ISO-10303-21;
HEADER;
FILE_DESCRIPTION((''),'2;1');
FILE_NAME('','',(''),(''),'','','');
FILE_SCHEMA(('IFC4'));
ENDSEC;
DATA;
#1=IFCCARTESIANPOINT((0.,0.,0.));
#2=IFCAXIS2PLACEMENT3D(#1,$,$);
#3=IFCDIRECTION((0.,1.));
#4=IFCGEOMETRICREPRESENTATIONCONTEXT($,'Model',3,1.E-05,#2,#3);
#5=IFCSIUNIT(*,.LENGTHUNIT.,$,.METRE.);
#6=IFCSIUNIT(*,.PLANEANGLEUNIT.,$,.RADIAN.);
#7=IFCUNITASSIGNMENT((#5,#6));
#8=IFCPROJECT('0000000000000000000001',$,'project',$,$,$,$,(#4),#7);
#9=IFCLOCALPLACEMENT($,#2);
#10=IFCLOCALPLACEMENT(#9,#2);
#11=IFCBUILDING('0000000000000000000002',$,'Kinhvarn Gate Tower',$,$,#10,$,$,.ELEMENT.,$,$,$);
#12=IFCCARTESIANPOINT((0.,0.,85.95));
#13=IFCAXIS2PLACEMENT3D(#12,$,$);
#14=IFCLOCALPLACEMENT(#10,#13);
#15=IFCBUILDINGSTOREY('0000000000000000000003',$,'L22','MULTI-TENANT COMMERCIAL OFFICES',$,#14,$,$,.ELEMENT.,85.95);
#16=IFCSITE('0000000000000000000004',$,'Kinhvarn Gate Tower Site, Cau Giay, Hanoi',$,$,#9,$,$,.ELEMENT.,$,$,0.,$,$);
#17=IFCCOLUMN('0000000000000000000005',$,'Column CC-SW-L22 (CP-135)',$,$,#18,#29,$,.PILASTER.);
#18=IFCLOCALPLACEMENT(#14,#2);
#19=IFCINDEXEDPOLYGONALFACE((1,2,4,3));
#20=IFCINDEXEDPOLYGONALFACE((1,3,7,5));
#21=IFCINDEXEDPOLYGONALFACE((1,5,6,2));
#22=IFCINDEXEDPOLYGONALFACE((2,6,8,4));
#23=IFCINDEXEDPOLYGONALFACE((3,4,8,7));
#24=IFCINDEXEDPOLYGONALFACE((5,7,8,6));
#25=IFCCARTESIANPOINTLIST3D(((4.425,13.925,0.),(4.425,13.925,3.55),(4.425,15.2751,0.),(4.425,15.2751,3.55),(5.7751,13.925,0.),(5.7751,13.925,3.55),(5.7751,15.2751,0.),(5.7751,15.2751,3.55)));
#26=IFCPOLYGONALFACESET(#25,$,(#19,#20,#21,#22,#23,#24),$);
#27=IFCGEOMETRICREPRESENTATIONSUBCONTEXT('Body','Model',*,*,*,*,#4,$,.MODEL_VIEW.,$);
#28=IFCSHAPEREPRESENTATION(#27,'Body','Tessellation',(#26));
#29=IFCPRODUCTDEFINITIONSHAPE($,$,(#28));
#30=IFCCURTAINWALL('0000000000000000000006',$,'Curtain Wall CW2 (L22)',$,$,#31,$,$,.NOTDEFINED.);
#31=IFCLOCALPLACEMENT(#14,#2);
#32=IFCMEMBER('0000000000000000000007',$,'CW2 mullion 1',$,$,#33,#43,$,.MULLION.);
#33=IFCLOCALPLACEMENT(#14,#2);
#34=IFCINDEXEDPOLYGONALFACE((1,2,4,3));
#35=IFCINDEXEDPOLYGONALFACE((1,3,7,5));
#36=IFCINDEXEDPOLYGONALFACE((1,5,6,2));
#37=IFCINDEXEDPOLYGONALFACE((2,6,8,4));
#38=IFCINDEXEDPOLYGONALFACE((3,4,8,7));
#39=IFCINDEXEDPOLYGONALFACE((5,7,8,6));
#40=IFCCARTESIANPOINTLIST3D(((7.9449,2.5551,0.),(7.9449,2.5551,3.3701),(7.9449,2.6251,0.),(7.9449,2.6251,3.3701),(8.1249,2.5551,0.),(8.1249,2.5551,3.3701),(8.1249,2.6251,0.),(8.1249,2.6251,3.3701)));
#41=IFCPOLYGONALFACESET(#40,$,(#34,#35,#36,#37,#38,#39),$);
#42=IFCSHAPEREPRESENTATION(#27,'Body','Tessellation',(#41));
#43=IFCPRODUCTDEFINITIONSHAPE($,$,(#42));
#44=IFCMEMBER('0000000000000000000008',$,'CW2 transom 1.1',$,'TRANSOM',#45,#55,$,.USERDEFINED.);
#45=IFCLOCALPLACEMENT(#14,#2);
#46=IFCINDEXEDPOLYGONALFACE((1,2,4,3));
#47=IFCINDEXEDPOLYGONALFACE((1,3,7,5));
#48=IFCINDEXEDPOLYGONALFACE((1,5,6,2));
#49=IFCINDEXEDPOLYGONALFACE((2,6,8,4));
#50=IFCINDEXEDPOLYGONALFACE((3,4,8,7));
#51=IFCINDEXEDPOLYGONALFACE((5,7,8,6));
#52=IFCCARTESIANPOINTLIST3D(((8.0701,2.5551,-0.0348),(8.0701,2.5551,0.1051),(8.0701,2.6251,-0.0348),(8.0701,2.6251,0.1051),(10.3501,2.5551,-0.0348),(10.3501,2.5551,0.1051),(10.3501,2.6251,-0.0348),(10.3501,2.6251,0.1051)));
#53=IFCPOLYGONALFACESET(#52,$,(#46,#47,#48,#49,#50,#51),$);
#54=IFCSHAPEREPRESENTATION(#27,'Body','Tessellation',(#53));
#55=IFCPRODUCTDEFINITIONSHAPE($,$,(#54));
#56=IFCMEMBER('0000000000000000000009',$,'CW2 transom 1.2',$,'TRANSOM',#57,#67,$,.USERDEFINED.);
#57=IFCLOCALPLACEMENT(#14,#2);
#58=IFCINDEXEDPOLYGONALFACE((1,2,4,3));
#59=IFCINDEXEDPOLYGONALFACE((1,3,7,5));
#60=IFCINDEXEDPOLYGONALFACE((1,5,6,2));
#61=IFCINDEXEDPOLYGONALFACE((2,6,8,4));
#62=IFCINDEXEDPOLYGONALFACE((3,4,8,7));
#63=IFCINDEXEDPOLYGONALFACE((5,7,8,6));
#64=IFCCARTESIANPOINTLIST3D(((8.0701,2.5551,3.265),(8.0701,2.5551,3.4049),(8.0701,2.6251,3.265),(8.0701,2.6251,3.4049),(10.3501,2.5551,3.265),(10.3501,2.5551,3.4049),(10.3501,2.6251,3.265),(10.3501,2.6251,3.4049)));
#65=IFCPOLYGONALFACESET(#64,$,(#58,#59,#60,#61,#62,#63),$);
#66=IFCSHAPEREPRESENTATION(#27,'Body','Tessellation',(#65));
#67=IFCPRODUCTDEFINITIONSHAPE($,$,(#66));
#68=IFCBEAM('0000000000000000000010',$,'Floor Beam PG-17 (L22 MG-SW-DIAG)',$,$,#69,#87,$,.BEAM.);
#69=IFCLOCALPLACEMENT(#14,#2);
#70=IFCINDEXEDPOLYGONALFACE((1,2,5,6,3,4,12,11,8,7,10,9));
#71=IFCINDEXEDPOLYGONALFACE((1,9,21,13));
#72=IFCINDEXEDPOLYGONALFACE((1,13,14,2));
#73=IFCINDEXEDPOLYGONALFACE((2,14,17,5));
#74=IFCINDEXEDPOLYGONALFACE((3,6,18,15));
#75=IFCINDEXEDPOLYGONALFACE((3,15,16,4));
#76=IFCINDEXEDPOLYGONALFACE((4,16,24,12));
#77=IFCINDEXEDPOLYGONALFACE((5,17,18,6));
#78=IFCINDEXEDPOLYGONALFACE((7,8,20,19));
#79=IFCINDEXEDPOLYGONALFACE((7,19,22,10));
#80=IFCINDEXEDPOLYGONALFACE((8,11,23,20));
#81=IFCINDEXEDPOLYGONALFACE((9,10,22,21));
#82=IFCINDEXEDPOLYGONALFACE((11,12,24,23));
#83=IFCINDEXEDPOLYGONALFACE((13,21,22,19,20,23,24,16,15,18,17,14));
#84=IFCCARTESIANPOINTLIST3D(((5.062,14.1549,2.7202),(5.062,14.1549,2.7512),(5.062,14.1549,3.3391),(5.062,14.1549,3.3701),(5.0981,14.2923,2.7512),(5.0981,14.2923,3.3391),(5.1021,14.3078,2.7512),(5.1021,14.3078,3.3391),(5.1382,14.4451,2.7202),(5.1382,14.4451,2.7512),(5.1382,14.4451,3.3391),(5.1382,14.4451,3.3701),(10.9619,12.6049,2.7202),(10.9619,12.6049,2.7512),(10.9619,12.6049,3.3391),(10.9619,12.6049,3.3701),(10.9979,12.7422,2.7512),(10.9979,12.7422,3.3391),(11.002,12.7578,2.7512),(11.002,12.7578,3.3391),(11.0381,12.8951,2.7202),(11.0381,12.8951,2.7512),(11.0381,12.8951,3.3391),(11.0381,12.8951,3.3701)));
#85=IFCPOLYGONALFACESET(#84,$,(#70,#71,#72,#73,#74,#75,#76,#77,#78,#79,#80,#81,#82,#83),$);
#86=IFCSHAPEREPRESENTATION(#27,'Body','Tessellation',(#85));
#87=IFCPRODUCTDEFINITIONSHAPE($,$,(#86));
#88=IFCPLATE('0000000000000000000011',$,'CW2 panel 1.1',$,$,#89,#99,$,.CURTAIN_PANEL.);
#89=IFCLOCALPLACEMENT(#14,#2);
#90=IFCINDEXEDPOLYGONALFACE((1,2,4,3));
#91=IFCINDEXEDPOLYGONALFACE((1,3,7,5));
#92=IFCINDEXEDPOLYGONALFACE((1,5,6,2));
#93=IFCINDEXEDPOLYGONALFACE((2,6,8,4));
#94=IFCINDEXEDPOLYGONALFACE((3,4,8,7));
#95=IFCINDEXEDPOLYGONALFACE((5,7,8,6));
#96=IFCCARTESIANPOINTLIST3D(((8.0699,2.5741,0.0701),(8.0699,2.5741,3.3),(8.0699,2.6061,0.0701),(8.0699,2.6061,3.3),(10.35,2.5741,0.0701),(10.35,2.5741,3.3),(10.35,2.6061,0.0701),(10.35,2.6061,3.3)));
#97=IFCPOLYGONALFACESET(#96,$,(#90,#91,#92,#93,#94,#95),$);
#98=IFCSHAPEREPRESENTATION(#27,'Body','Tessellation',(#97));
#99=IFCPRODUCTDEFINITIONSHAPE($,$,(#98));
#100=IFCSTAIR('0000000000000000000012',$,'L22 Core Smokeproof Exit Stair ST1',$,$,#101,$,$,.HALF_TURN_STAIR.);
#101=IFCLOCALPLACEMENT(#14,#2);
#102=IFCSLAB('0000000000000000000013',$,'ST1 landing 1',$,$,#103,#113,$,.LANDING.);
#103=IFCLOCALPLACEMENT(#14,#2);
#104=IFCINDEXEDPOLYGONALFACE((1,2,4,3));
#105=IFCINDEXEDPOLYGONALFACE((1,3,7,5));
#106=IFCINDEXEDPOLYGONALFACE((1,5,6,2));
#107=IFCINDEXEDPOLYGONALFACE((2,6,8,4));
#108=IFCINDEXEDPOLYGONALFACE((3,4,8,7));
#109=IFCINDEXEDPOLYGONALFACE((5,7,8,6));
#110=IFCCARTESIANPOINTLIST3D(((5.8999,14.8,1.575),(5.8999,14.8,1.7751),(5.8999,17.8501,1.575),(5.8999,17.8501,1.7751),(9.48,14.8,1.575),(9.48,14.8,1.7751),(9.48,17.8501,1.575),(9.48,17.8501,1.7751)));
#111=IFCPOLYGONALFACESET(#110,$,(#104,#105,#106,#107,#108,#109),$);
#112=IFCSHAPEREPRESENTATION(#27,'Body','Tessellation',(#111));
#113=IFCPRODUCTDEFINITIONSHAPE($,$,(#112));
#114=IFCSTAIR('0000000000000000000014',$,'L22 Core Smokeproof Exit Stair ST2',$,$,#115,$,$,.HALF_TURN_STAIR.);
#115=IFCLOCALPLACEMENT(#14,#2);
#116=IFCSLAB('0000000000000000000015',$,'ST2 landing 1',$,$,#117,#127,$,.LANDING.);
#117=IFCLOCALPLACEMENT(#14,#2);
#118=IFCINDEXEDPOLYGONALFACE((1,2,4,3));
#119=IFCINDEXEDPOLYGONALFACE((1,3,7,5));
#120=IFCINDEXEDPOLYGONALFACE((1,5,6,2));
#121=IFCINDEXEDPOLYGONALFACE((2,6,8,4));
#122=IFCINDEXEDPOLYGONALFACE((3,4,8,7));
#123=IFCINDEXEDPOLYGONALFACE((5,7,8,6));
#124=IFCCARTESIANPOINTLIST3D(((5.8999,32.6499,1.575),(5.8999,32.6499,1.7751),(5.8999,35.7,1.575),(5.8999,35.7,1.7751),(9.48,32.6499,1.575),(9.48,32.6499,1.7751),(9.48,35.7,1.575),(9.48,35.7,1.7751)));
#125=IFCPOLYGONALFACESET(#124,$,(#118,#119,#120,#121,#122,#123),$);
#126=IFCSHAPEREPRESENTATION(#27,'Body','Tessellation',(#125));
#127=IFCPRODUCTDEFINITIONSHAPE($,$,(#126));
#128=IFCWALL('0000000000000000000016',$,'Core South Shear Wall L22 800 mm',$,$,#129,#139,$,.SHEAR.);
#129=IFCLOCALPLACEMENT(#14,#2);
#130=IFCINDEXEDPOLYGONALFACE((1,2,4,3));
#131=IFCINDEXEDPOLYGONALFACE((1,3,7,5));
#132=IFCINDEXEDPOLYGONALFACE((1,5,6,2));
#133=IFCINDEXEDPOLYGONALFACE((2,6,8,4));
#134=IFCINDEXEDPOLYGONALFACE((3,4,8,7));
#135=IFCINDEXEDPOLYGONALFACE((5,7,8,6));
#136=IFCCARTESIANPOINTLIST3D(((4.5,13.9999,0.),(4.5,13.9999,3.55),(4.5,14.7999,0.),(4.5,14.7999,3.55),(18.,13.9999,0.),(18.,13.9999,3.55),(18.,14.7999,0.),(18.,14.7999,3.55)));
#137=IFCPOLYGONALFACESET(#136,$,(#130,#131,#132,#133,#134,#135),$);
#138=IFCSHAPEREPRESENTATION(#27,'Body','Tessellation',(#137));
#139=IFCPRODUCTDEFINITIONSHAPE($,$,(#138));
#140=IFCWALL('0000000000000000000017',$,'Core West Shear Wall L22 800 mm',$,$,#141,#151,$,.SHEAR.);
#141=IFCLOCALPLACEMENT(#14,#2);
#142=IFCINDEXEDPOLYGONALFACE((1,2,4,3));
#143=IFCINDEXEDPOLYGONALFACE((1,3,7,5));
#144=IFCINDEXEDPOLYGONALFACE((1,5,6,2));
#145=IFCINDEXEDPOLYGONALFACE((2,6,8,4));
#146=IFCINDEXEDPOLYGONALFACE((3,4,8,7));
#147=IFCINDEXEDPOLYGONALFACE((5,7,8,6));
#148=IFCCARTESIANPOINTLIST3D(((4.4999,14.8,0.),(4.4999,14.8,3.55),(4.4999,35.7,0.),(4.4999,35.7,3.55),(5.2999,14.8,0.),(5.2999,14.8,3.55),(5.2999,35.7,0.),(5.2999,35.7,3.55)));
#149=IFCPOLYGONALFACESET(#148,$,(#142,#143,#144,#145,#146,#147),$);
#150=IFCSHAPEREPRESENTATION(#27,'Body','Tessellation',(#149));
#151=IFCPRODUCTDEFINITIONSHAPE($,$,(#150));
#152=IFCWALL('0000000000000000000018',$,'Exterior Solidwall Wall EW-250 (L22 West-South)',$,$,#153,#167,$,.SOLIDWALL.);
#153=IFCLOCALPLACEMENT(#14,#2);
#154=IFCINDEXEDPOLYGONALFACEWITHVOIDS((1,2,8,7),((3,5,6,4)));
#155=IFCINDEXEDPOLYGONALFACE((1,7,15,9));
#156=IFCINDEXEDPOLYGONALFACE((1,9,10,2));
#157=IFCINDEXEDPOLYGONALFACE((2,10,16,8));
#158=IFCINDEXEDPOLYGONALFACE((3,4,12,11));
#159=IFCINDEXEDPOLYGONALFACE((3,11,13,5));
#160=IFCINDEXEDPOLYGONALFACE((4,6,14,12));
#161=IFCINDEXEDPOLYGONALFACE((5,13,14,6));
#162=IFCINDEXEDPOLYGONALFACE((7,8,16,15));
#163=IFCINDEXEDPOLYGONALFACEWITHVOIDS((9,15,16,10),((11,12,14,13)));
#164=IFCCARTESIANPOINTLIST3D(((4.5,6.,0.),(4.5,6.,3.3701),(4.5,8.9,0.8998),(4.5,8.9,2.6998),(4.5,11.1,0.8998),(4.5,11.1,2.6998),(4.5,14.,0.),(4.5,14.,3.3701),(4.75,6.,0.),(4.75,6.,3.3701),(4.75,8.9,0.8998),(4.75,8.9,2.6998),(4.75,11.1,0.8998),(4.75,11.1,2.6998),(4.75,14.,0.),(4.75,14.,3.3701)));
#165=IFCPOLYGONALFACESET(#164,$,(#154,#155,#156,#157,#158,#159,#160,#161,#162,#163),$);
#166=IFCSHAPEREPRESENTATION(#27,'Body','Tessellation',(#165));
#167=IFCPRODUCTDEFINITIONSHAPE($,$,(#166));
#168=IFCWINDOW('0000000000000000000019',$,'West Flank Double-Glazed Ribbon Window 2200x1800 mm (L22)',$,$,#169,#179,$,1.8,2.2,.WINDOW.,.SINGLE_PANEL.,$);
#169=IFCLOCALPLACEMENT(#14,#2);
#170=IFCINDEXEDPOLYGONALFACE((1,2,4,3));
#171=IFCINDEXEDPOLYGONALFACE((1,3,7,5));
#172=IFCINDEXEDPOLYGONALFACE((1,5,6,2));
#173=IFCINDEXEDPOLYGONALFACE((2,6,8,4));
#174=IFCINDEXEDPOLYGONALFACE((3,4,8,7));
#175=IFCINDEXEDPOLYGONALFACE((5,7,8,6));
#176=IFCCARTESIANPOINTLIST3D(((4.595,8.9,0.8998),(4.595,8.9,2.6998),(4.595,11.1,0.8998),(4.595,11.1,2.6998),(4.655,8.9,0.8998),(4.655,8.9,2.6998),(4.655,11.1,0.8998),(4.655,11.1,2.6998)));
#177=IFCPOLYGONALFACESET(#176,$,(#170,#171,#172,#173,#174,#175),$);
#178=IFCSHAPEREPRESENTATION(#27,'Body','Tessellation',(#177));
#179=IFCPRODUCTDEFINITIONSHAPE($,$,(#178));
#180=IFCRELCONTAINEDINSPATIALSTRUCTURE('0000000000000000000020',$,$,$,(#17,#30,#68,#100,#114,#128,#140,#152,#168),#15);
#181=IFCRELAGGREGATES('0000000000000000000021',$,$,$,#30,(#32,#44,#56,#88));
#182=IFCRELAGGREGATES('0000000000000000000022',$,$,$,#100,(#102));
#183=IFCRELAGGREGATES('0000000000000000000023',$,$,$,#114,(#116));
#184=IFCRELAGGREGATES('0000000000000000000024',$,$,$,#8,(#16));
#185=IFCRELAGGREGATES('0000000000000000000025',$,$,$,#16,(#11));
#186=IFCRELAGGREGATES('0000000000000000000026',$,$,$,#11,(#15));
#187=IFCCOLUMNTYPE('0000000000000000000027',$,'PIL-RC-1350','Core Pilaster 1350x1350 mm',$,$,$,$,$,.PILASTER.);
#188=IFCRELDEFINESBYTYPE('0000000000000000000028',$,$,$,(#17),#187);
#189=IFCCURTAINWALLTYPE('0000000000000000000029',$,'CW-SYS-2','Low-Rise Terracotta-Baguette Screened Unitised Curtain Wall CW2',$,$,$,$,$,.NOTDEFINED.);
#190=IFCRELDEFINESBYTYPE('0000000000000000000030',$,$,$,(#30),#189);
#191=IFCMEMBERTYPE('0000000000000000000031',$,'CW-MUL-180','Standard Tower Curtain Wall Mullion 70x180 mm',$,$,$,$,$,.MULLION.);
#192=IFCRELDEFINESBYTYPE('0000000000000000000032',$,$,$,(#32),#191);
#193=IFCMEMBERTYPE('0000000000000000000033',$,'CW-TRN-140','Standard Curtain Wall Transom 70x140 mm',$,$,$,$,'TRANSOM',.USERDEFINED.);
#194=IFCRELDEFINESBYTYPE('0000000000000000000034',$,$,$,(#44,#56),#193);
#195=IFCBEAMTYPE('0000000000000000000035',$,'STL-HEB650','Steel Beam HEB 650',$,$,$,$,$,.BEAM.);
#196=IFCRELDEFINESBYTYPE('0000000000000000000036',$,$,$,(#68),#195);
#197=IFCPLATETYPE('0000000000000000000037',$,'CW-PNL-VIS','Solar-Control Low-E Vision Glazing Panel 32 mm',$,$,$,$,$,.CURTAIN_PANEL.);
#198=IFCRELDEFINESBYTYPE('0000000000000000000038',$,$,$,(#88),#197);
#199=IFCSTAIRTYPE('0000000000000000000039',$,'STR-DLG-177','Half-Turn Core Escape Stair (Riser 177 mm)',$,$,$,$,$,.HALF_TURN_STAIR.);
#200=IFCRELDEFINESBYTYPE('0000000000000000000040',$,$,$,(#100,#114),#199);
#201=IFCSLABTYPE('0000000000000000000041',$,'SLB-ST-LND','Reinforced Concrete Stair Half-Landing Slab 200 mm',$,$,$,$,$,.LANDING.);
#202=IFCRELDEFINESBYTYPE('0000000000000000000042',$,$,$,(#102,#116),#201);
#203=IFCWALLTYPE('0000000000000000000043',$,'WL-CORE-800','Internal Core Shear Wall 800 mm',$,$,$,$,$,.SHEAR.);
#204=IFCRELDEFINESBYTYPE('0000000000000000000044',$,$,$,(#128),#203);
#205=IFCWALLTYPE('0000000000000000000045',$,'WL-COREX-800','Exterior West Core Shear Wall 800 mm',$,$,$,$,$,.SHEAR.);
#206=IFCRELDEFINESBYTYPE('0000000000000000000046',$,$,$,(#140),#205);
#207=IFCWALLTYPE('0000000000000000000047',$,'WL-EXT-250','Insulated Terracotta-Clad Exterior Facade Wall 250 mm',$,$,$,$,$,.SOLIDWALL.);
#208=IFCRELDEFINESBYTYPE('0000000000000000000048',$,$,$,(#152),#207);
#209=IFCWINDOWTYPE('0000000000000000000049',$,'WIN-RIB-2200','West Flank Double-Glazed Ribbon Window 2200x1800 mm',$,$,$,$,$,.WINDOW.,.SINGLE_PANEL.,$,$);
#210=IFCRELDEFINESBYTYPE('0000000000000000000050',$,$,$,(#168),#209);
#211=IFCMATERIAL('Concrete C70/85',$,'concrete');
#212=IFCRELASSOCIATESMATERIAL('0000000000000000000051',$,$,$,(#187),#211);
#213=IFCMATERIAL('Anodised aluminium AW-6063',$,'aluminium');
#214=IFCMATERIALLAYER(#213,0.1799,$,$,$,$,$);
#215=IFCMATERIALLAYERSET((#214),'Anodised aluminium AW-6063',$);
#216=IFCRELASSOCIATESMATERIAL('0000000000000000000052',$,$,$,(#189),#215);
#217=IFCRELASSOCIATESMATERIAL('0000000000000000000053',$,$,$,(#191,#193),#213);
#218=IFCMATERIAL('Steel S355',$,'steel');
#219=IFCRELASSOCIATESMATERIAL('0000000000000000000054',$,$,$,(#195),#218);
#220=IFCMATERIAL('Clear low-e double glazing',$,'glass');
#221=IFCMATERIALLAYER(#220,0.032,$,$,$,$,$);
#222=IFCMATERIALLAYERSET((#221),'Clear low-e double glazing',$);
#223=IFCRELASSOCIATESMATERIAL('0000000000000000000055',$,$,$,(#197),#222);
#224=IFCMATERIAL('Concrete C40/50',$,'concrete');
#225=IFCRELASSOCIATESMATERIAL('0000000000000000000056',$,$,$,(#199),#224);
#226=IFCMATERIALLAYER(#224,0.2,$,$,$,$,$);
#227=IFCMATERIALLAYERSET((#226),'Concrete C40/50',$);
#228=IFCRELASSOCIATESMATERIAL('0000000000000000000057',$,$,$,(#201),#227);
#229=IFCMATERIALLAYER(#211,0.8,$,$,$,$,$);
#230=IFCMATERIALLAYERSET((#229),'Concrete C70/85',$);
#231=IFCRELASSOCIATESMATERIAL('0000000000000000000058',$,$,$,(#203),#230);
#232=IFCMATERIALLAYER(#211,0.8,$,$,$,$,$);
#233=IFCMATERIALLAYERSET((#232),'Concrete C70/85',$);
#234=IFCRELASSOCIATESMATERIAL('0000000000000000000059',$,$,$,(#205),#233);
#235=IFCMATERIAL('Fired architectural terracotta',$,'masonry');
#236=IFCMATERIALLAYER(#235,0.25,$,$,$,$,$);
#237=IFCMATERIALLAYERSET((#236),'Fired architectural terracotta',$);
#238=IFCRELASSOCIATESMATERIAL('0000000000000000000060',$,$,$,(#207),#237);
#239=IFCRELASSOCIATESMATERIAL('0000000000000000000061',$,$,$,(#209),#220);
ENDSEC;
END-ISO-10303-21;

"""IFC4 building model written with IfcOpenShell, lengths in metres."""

from ifc_helpers import new_model, si_unit, direction, frame, frame_2d, origin, origin_2d, place, context, subcontext, project, spatial, polyline, rectangle, i_section, outline, extrude, material, layer, layer_set, material_profile, profile_set, type_object, element, fill, aggregate, save


model = new_model("IFC4")

# Units and contexts
model_context = context("Model", 3, precision=1e-05, world=origin(), true_north=direction((0.0, 1.0)))
body_context = subcontext(model_context, "Body", "Model", "MODEL_VIEW")
ifc_project = project(units=[si_unit("LENGTHUNIT", "METRE"), si_unit("PLANEANGLEUNIT", "RADIAN")], contexts=[model_context])

# Site, building, storey
site_placement = place(None, origin())
site = spatial("IfcSite", under=ifc_project, at=site_placement, Name="Kinhvarn Gate Tower Site, Cau Giay, Hanoi", CompositionType="ELEMENT", RefElevation=0.0)
building_placement = place(site_placement, origin())
building = spatial("IfcBuilding", under=site, at=building_placement, Name="Kinhvarn Gate Tower", CompositionType="ELEMENT")
storey_placement = place(building_placement, frame((0.0, 0.0, 85.95)))
storey = spatial("IfcBuildingStorey", under=building, at=storey_placement, Name="L22", Description="MULTI-TENANT COMMERCIAL OFFICES", CompositionType="ELEMENT", Elevation=85.95)

# Column
ifc_material_1 = material(Name="Concrete C70/85", Category="concrete")
ifc_material_profile_1 = material_profile(ifc_material_1, rectangle(XDim=1.3501, YDim=1.3501, at=origin_2d()), Name="RC 1350x1350")
ifc_profile_set_1 = profile_set([ifc_material_profile_1], Name="Concrete C70/85")
column_type = type_object("IfcColumnType", Name="PIL-RC-1350", Description="Core Pilaster 1350x1350 mm", PredefinedType="PILASTER", material=ifc_profile_set_1)
column_placement = place(storey_placement, frame((5.1001, 14.6001, 0.0), z_axis=(0.0, 0.0, 1.0), x_axis=(1.0, 0.0, 0.0)))
element("IfcColumn", 1, at=column_placement, inside=storey, type_object=column_type, Name="Column CC-SW-L22 (CP-135)", PredefinedType="PILASTER", context=body_context, shape_type="SweptSolid", body=[
    extrude(rectangle(XDim=1.3501, YDim=1.3501, at=origin_2d()), origin(), (0.0, 0.0, 1.0), 3.55),
])

# Curtain wall, members
ifc_material_2 = material(Name="Anodised aluminium AW-6063", Category="aluminium")
ifc_layer_1 = layer(ifc_material_2, 0.1799)
ifc_layer_set_1 = layer_set([ifc_layer_1], Name="Anodised aluminium AW-6063")
curtain_wall_type = type_object("IfcCurtainWallType", Name="CW-SYS-2", Description="Low-Rise Terracotta-Baguette Screened Unitised Curtain Wall CW2", PredefinedType="NOTDEFINED", material=ifc_layer_set_1)
curtain_wall_placement = place(storey_placement, origin())
curtain_wall = element("IfcCurtainWall", 2, at=curtain_wall_placement, inside=storey, type_object=curtain_wall_type, Name="Curtain Wall CW2 (L22)", PredefinedType="NOTDEFINED")
ifc_material_profile_2 = material_profile(ifc_material_2, rectangle(XDim=0.0701, YDim=0.1799, at=origin_2d()), Name="ALU 70x180")
ifc_profile_set_2 = profile_set([ifc_material_profile_2], Name="Anodised aluminium AW-6063")
member_type_1 = type_object("IfcMemberType", Name="CW-MUL-180", Description="Standard Tower Curtain Wall Mullion 70x180 mm", PredefinedType="MULLION", material=ifc_profile_set_2)
member_1_placement = place(storey_placement, frame((8.0349, 2.5901, 0.0), z_axis=(0.0, 0.0, 1.0), x_axis=(0.0, 1.0, 0.0)))
member_1 = element("IfcMember", 3, at=member_1_placement, type_object=member_type_1, Name="CW2 mullion 1", PredefinedType="MULLION", context=body_context, shape_type="SweptSolid", body=[
    extrude(rectangle(XDim=0.0701, YDim=0.1799, at=origin_2d()), origin(), (0.0, 0.0, 1.0), 3.3701),
])
ifc_material_profile_3 = material_profile(ifc_material_2, rectangle(XDim=0.0701, YDim=0.1399, at=origin_2d()), Name="ALU 70x140")
ifc_profile_set_3 = profile_set([ifc_material_profile_3], Name="Anodised aluminium AW-6063")
member_type_2 = type_object("IfcMemberType", Name="CW-TRN-140", Description="Standard Curtain Wall Transom 70x140 mm", ElementType="TRANSOM", PredefinedType="USERDEFINED", material=ifc_profile_set_3)
member_2_placement = place(storey_placement, frame((8.0701, 2.5901, 0.0352), z_axis=(1.0, 0.0, 0.0), x_axis=(0.0, 1.0, 0.0)))
member_2 = element("IfcMember", 4, at=member_2_placement, type_object=member_type_2, Name="CW2 transom 1.1", ObjectType="TRANSOM", PredefinedType="USERDEFINED", context=body_context, shape_type="SweptSolid", body=[
    extrude(rectangle(XDim=0.0701, YDim=0.1399, at=origin_2d()), origin(), (0.0, 0.0, 1.0), 2.28),
])
member_3_placement = place(storey_placement, frame((8.0701, 2.5901, 3.335), z_axis=(1.0, 0.0, 0.0), x_axis=(0.0, 1.0, 0.0)))
member_3 = element("IfcMember", 5, at=member_3_placement, type_object=member_type_2, Name="CW2 transom 1.2", ObjectType="TRANSOM", PredefinedType="USERDEFINED", context=body_context, shape_type="SweptSolid", body=[
    extrude(rectangle(XDim=0.0701, YDim=0.1399, at=origin_2d()), origin(), (0.0, 0.0, 1.0), 2.28),
])

# Beam
ifc_material_3 = material(Name="Steel S355", Category="steel")
ifc_material_profile_4 = material_profile(ifc_material_3, i_section(OverallWidth=0.3, OverallDepth=0.6499, WebThickness=0.0161, FlangeThickness=0.031, at=origin_2d()), Name="HEB 650")
ifc_profile_set_4 = profile_set([ifc_material_profile_4], Name="Steel S355")
beam_type = type_object("IfcBeamType", Name="STL-HEB650", Description="Steel Beam HEB 650", PredefinedType="BEAM", material=ifc_profile_set_4)
beam_placement = place(storey_placement, frame((5.1001, 14.3, 3.0452), z_axis=(0.967178, -0.254101, 0.0), x_axis=(0.254101, 0.967178, 0.0)))
element("IfcBeam", 6, at=beam_placement, inside=storey, type_object=beam_type, Name="Floor Beam PG-17 (L22 MG-SW-DIAG)", PredefinedType="BEAM", context=body_context, shape_type="SweptSolid", body=[
    extrude(i_section(OverallWidth=0.3, OverallDepth=0.6499, WebThickness=0.0161, FlangeThickness=0.031, at=origin_2d()), origin(), (0.0, 0.0, 1.0), 6.1001),
])

# Plate
ifc_material_4 = material(Name="Clear low-e double glazing", Category="glass")
ifc_layer_2 = layer(ifc_material_4, 0.032)
ifc_layer_set_2 = layer_set([ifc_layer_2], Name="Clear low-e double glazing")
plate_type = type_object("IfcPlateType", Name="CW-PNL-VIS", Description="Solar-Control Low-E Vision Glazing Panel 32 mm", PredefinedType="CURTAIN_PANEL", material=ifc_layer_set_2)
plate_placement = place(storey_placement, frame((9.21, 2.5901, 0.0701), z_axis=(0.0, 0.0, 1.0), x_axis=(1.0, 0.0, 0.0)))
plate = element("IfcPlate", 7, at=plate_placement, type_object=plate_type, Name="CW2 panel 1.1", PredefinedType="CURTAIN_PANEL", context=body_context, shape_type="SweptSolid", body=[
    extrude(rectangle(XDim=2.28, YDim=0.032, at=origin_2d()), origin(), (0.0, 0.0, 1.0), 3.23),
])
aggregate(curtain_wall, [member_1, member_2, member_3, plate])

# Stairs, slabs
ifc_material_5 = material(Name="Concrete C40/50", Category="concrete")
stair_type = type_object("IfcStairType", Name="STR-DLG-177", Description="Half-Turn Core Escape Stair (Riser 177 mm)", PredefinedType="HALF_TURN_STAIR", material=ifc_material_5)
stair_1_placement = place(storey_placement, origin())
stair_1 = element("IfcStair", 8, at=stair_1_placement, inside=storey, type_object=stair_type, Name="L22 Core Smokeproof Exit Stair ST1", PredefinedType="HALF_TURN_STAIR")
ifc_layer_3 = layer(ifc_material_5, 0.2)
ifc_layer_set_3 = layer_set([ifc_layer_3], Name="Concrete C40/50")
slab_type = type_object("IfcSlabType", Name="SLB-ST-LND", Description="Reinforced Concrete Stair Half-Landing Slab 200 mm", PredefinedType="LANDING", material=ifc_layer_set_3)
slab_1_placement = place(storey_placement, frame((0.0, 0.0, 1.575)))
slab_1 = element("IfcSlab", 9, at=slab_1_placement, type_object=slab_type, Name="ST1 landing 1", PredefinedType="LANDING", context=body_context, shape_type="SweptSolid", body=[
    extrude(outline(polyline([(9.48, 17.8501), (5.8999, 17.8501), (5.8999, 14.8), (9.48, 14.8), (9.48, 17.8501)])), origin(), (0.0, 0.0, 1.0), 0.2002),
])
aggregate(stair_1, [slab_1])
stair_2_placement = place(storey_placement, origin())
stair_2 = element("IfcStair", 10, at=stair_2_placement, inside=storey, type_object=stair_type, Name="L22 Core Smokeproof Exit Stair ST2", PredefinedType="HALF_TURN_STAIR")
slab_2_placement = place(storey_placement, frame((0.0, 0.0, 1.575)))
slab_2 = element("IfcSlab", 11, at=slab_2_placement, type_object=slab_type, Name="ST2 landing 1", PredefinedType="LANDING", context=body_context, shape_type="SweptSolid", body=[
    extrude(outline(polyline([(9.48, 35.7), (5.8999, 35.7), (5.8999, 32.6499), (9.48, 32.6499), (9.48, 35.7)])), origin(), (0.0, 0.0, 1.0), 0.2002),
])
aggregate(stair_2, [slab_2])

# Walls
ifc_layer_4 = layer(ifc_material_1, 0.8)
ifc_layer_set_4 = layer_set([ifc_layer_4], Name="Concrete C70/85")
wall_type_1 = type_object("IfcWallType", Name="WL-CORE-800", Description="Internal Core Shear Wall 800 mm", PredefinedType="SHEAR", material=ifc_layer_set_4)
wall_1_placement = place(storey_placement, frame((4.5, 14.3999, 0.0), z_axis=(0.0, 0.0, 1.0), x_axis=(1.0, 0.0, 0.0)))
element("IfcWall", 12, at=wall_1_placement, inside=storey, type_object=wall_type_1, Name="Core South Shear Wall L22 800 mm", PredefinedType="SHEAR", context=body_context, shape_type="SweptSolid", body=[
    extrude(rectangle(XDim=13.5, YDim=0.8, at=frame_2d((6.75, 0.0))), origin(), (0.0, 0.0, 1.0), 3.55),
])
ifc_layer_5 = layer(ifc_material_1, 0.8)
ifc_layer_set_5 = layer_set([ifc_layer_5], Name="Concrete C70/85")
wall_type_2 = type_object("IfcWallType", Name="WL-COREX-800", Description="Exterior West Core Shear Wall 800 mm", PredefinedType="SHEAR", material=ifc_layer_set_5)
wall_2_placement = place(storey_placement, frame((4.8999, 14.8, 0.0), z_axis=(0.0, 0.0, 1.0), x_axis=(0.0, 1.0, 0.0)))
element("IfcWall", 13, at=wall_2_placement, inside=storey, type_object=wall_type_2, Name="Core West Shear Wall L22 800 mm", PredefinedType="SHEAR", context=body_context, shape_type="SweptSolid", body=[
    extrude(rectangle(XDim=20.8999, YDim=0.8, at=frame_2d((10.45, 0.0))), origin(), (0.0, 0.0, 1.0), 3.55),
])

# Wall, opening, window
ifc_material_6 = material(Name="Fired architectural terracotta", Category="masonry")
ifc_layer_6 = layer(ifc_material_6, 0.25)
ifc_layer_set_6 = layer_set([ifc_layer_6], Name="Fired architectural terracotta")
wall_type_3 = type_object("IfcWallType", Name="WL-EXT-250", Description="Insulated Terracotta-Clad Exterior Facade Wall 250 mm", PredefinedType="SOLIDWALL", material=ifc_layer_set_6)
wall_3_placement = place(storey_placement, frame((4.625, 14.0, 0.0), z_axis=(0.0, 0.0, 1.0), x_axis=(0.0, -1.0, 0.0)))
wall_3 = element("IfcWall", 14, at=wall_3_placement, inside=storey, type_object=wall_type_3, Name="Exterior Solidwall Wall EW-250 (L22 West-South)", PredefinedType="SOLIDWALL", context=body_context, shape_type="SweptSolid", body=[
    extrude(rectangle(XDim=8.0, YDim=0.25, at=frame_2d((4.0, 0.0))), origin(), (0.0, 0.0, 1.0), 3.3701),
])
opening_1_placement = place(wall_3_placement, frame((2.8999, 0.0, 0.8999)))
opening_1 = element("IfcOpeningElement", 15, at=opening_1_placement, cuts=wall_3, PredefinedType="OPENING", context=body_context, shape_type="SweptSolid", body=[
    extrude(rectangle(XDim=2.2, YDim=1.8, at=frame_2d((1.1001, 0.8999))), frame((0.0, 0.135, 0.0), z_axis=(0.0, -1.0, 0.0), x_axis=(1.0, 0.0, 0.0)), (0.0, 0.0, 1.0), 0.27),
])
window_type_1 = type_object("IfcWindowType", Name="WIN-RIB-2200", Description="West Flank Double-Glazed Ribbon Window 2200x1800 mm", PartitioningType="SINGLE_PANEL", PredefinedType="WINDOW", material=ifc_material_4)
window_1_placement = place(opening_1_placement, origin())
window_1 = element("IfcWindow", 16, at=window_1_placement, inside=storey, type_object=window_type_1, Name="West Flank Double-Glazed Ribbon Window 2200x1800 mm (L22)", OverallHeight=1.8, OverallWidth=2.2, PartitioningType="SINGLE_PANEL", PredefinedType="WINDOW", context=body_context, shape_type="SweptSolid", body=[
    extrude(rectangle(XDim=2.2, YDim=1.8, at=frame_2d((1.1001, 0.8999))), frame((0.0, 0.03, 0.0), z_axis=(0.0, -1.0, 0.0), x_axis=(1.0, 0.0, 0.0)), (0.0, 0.0, 1.0), 0.0601),
])
fill(opening_1, window_1)

save(model, "model.ifc")
